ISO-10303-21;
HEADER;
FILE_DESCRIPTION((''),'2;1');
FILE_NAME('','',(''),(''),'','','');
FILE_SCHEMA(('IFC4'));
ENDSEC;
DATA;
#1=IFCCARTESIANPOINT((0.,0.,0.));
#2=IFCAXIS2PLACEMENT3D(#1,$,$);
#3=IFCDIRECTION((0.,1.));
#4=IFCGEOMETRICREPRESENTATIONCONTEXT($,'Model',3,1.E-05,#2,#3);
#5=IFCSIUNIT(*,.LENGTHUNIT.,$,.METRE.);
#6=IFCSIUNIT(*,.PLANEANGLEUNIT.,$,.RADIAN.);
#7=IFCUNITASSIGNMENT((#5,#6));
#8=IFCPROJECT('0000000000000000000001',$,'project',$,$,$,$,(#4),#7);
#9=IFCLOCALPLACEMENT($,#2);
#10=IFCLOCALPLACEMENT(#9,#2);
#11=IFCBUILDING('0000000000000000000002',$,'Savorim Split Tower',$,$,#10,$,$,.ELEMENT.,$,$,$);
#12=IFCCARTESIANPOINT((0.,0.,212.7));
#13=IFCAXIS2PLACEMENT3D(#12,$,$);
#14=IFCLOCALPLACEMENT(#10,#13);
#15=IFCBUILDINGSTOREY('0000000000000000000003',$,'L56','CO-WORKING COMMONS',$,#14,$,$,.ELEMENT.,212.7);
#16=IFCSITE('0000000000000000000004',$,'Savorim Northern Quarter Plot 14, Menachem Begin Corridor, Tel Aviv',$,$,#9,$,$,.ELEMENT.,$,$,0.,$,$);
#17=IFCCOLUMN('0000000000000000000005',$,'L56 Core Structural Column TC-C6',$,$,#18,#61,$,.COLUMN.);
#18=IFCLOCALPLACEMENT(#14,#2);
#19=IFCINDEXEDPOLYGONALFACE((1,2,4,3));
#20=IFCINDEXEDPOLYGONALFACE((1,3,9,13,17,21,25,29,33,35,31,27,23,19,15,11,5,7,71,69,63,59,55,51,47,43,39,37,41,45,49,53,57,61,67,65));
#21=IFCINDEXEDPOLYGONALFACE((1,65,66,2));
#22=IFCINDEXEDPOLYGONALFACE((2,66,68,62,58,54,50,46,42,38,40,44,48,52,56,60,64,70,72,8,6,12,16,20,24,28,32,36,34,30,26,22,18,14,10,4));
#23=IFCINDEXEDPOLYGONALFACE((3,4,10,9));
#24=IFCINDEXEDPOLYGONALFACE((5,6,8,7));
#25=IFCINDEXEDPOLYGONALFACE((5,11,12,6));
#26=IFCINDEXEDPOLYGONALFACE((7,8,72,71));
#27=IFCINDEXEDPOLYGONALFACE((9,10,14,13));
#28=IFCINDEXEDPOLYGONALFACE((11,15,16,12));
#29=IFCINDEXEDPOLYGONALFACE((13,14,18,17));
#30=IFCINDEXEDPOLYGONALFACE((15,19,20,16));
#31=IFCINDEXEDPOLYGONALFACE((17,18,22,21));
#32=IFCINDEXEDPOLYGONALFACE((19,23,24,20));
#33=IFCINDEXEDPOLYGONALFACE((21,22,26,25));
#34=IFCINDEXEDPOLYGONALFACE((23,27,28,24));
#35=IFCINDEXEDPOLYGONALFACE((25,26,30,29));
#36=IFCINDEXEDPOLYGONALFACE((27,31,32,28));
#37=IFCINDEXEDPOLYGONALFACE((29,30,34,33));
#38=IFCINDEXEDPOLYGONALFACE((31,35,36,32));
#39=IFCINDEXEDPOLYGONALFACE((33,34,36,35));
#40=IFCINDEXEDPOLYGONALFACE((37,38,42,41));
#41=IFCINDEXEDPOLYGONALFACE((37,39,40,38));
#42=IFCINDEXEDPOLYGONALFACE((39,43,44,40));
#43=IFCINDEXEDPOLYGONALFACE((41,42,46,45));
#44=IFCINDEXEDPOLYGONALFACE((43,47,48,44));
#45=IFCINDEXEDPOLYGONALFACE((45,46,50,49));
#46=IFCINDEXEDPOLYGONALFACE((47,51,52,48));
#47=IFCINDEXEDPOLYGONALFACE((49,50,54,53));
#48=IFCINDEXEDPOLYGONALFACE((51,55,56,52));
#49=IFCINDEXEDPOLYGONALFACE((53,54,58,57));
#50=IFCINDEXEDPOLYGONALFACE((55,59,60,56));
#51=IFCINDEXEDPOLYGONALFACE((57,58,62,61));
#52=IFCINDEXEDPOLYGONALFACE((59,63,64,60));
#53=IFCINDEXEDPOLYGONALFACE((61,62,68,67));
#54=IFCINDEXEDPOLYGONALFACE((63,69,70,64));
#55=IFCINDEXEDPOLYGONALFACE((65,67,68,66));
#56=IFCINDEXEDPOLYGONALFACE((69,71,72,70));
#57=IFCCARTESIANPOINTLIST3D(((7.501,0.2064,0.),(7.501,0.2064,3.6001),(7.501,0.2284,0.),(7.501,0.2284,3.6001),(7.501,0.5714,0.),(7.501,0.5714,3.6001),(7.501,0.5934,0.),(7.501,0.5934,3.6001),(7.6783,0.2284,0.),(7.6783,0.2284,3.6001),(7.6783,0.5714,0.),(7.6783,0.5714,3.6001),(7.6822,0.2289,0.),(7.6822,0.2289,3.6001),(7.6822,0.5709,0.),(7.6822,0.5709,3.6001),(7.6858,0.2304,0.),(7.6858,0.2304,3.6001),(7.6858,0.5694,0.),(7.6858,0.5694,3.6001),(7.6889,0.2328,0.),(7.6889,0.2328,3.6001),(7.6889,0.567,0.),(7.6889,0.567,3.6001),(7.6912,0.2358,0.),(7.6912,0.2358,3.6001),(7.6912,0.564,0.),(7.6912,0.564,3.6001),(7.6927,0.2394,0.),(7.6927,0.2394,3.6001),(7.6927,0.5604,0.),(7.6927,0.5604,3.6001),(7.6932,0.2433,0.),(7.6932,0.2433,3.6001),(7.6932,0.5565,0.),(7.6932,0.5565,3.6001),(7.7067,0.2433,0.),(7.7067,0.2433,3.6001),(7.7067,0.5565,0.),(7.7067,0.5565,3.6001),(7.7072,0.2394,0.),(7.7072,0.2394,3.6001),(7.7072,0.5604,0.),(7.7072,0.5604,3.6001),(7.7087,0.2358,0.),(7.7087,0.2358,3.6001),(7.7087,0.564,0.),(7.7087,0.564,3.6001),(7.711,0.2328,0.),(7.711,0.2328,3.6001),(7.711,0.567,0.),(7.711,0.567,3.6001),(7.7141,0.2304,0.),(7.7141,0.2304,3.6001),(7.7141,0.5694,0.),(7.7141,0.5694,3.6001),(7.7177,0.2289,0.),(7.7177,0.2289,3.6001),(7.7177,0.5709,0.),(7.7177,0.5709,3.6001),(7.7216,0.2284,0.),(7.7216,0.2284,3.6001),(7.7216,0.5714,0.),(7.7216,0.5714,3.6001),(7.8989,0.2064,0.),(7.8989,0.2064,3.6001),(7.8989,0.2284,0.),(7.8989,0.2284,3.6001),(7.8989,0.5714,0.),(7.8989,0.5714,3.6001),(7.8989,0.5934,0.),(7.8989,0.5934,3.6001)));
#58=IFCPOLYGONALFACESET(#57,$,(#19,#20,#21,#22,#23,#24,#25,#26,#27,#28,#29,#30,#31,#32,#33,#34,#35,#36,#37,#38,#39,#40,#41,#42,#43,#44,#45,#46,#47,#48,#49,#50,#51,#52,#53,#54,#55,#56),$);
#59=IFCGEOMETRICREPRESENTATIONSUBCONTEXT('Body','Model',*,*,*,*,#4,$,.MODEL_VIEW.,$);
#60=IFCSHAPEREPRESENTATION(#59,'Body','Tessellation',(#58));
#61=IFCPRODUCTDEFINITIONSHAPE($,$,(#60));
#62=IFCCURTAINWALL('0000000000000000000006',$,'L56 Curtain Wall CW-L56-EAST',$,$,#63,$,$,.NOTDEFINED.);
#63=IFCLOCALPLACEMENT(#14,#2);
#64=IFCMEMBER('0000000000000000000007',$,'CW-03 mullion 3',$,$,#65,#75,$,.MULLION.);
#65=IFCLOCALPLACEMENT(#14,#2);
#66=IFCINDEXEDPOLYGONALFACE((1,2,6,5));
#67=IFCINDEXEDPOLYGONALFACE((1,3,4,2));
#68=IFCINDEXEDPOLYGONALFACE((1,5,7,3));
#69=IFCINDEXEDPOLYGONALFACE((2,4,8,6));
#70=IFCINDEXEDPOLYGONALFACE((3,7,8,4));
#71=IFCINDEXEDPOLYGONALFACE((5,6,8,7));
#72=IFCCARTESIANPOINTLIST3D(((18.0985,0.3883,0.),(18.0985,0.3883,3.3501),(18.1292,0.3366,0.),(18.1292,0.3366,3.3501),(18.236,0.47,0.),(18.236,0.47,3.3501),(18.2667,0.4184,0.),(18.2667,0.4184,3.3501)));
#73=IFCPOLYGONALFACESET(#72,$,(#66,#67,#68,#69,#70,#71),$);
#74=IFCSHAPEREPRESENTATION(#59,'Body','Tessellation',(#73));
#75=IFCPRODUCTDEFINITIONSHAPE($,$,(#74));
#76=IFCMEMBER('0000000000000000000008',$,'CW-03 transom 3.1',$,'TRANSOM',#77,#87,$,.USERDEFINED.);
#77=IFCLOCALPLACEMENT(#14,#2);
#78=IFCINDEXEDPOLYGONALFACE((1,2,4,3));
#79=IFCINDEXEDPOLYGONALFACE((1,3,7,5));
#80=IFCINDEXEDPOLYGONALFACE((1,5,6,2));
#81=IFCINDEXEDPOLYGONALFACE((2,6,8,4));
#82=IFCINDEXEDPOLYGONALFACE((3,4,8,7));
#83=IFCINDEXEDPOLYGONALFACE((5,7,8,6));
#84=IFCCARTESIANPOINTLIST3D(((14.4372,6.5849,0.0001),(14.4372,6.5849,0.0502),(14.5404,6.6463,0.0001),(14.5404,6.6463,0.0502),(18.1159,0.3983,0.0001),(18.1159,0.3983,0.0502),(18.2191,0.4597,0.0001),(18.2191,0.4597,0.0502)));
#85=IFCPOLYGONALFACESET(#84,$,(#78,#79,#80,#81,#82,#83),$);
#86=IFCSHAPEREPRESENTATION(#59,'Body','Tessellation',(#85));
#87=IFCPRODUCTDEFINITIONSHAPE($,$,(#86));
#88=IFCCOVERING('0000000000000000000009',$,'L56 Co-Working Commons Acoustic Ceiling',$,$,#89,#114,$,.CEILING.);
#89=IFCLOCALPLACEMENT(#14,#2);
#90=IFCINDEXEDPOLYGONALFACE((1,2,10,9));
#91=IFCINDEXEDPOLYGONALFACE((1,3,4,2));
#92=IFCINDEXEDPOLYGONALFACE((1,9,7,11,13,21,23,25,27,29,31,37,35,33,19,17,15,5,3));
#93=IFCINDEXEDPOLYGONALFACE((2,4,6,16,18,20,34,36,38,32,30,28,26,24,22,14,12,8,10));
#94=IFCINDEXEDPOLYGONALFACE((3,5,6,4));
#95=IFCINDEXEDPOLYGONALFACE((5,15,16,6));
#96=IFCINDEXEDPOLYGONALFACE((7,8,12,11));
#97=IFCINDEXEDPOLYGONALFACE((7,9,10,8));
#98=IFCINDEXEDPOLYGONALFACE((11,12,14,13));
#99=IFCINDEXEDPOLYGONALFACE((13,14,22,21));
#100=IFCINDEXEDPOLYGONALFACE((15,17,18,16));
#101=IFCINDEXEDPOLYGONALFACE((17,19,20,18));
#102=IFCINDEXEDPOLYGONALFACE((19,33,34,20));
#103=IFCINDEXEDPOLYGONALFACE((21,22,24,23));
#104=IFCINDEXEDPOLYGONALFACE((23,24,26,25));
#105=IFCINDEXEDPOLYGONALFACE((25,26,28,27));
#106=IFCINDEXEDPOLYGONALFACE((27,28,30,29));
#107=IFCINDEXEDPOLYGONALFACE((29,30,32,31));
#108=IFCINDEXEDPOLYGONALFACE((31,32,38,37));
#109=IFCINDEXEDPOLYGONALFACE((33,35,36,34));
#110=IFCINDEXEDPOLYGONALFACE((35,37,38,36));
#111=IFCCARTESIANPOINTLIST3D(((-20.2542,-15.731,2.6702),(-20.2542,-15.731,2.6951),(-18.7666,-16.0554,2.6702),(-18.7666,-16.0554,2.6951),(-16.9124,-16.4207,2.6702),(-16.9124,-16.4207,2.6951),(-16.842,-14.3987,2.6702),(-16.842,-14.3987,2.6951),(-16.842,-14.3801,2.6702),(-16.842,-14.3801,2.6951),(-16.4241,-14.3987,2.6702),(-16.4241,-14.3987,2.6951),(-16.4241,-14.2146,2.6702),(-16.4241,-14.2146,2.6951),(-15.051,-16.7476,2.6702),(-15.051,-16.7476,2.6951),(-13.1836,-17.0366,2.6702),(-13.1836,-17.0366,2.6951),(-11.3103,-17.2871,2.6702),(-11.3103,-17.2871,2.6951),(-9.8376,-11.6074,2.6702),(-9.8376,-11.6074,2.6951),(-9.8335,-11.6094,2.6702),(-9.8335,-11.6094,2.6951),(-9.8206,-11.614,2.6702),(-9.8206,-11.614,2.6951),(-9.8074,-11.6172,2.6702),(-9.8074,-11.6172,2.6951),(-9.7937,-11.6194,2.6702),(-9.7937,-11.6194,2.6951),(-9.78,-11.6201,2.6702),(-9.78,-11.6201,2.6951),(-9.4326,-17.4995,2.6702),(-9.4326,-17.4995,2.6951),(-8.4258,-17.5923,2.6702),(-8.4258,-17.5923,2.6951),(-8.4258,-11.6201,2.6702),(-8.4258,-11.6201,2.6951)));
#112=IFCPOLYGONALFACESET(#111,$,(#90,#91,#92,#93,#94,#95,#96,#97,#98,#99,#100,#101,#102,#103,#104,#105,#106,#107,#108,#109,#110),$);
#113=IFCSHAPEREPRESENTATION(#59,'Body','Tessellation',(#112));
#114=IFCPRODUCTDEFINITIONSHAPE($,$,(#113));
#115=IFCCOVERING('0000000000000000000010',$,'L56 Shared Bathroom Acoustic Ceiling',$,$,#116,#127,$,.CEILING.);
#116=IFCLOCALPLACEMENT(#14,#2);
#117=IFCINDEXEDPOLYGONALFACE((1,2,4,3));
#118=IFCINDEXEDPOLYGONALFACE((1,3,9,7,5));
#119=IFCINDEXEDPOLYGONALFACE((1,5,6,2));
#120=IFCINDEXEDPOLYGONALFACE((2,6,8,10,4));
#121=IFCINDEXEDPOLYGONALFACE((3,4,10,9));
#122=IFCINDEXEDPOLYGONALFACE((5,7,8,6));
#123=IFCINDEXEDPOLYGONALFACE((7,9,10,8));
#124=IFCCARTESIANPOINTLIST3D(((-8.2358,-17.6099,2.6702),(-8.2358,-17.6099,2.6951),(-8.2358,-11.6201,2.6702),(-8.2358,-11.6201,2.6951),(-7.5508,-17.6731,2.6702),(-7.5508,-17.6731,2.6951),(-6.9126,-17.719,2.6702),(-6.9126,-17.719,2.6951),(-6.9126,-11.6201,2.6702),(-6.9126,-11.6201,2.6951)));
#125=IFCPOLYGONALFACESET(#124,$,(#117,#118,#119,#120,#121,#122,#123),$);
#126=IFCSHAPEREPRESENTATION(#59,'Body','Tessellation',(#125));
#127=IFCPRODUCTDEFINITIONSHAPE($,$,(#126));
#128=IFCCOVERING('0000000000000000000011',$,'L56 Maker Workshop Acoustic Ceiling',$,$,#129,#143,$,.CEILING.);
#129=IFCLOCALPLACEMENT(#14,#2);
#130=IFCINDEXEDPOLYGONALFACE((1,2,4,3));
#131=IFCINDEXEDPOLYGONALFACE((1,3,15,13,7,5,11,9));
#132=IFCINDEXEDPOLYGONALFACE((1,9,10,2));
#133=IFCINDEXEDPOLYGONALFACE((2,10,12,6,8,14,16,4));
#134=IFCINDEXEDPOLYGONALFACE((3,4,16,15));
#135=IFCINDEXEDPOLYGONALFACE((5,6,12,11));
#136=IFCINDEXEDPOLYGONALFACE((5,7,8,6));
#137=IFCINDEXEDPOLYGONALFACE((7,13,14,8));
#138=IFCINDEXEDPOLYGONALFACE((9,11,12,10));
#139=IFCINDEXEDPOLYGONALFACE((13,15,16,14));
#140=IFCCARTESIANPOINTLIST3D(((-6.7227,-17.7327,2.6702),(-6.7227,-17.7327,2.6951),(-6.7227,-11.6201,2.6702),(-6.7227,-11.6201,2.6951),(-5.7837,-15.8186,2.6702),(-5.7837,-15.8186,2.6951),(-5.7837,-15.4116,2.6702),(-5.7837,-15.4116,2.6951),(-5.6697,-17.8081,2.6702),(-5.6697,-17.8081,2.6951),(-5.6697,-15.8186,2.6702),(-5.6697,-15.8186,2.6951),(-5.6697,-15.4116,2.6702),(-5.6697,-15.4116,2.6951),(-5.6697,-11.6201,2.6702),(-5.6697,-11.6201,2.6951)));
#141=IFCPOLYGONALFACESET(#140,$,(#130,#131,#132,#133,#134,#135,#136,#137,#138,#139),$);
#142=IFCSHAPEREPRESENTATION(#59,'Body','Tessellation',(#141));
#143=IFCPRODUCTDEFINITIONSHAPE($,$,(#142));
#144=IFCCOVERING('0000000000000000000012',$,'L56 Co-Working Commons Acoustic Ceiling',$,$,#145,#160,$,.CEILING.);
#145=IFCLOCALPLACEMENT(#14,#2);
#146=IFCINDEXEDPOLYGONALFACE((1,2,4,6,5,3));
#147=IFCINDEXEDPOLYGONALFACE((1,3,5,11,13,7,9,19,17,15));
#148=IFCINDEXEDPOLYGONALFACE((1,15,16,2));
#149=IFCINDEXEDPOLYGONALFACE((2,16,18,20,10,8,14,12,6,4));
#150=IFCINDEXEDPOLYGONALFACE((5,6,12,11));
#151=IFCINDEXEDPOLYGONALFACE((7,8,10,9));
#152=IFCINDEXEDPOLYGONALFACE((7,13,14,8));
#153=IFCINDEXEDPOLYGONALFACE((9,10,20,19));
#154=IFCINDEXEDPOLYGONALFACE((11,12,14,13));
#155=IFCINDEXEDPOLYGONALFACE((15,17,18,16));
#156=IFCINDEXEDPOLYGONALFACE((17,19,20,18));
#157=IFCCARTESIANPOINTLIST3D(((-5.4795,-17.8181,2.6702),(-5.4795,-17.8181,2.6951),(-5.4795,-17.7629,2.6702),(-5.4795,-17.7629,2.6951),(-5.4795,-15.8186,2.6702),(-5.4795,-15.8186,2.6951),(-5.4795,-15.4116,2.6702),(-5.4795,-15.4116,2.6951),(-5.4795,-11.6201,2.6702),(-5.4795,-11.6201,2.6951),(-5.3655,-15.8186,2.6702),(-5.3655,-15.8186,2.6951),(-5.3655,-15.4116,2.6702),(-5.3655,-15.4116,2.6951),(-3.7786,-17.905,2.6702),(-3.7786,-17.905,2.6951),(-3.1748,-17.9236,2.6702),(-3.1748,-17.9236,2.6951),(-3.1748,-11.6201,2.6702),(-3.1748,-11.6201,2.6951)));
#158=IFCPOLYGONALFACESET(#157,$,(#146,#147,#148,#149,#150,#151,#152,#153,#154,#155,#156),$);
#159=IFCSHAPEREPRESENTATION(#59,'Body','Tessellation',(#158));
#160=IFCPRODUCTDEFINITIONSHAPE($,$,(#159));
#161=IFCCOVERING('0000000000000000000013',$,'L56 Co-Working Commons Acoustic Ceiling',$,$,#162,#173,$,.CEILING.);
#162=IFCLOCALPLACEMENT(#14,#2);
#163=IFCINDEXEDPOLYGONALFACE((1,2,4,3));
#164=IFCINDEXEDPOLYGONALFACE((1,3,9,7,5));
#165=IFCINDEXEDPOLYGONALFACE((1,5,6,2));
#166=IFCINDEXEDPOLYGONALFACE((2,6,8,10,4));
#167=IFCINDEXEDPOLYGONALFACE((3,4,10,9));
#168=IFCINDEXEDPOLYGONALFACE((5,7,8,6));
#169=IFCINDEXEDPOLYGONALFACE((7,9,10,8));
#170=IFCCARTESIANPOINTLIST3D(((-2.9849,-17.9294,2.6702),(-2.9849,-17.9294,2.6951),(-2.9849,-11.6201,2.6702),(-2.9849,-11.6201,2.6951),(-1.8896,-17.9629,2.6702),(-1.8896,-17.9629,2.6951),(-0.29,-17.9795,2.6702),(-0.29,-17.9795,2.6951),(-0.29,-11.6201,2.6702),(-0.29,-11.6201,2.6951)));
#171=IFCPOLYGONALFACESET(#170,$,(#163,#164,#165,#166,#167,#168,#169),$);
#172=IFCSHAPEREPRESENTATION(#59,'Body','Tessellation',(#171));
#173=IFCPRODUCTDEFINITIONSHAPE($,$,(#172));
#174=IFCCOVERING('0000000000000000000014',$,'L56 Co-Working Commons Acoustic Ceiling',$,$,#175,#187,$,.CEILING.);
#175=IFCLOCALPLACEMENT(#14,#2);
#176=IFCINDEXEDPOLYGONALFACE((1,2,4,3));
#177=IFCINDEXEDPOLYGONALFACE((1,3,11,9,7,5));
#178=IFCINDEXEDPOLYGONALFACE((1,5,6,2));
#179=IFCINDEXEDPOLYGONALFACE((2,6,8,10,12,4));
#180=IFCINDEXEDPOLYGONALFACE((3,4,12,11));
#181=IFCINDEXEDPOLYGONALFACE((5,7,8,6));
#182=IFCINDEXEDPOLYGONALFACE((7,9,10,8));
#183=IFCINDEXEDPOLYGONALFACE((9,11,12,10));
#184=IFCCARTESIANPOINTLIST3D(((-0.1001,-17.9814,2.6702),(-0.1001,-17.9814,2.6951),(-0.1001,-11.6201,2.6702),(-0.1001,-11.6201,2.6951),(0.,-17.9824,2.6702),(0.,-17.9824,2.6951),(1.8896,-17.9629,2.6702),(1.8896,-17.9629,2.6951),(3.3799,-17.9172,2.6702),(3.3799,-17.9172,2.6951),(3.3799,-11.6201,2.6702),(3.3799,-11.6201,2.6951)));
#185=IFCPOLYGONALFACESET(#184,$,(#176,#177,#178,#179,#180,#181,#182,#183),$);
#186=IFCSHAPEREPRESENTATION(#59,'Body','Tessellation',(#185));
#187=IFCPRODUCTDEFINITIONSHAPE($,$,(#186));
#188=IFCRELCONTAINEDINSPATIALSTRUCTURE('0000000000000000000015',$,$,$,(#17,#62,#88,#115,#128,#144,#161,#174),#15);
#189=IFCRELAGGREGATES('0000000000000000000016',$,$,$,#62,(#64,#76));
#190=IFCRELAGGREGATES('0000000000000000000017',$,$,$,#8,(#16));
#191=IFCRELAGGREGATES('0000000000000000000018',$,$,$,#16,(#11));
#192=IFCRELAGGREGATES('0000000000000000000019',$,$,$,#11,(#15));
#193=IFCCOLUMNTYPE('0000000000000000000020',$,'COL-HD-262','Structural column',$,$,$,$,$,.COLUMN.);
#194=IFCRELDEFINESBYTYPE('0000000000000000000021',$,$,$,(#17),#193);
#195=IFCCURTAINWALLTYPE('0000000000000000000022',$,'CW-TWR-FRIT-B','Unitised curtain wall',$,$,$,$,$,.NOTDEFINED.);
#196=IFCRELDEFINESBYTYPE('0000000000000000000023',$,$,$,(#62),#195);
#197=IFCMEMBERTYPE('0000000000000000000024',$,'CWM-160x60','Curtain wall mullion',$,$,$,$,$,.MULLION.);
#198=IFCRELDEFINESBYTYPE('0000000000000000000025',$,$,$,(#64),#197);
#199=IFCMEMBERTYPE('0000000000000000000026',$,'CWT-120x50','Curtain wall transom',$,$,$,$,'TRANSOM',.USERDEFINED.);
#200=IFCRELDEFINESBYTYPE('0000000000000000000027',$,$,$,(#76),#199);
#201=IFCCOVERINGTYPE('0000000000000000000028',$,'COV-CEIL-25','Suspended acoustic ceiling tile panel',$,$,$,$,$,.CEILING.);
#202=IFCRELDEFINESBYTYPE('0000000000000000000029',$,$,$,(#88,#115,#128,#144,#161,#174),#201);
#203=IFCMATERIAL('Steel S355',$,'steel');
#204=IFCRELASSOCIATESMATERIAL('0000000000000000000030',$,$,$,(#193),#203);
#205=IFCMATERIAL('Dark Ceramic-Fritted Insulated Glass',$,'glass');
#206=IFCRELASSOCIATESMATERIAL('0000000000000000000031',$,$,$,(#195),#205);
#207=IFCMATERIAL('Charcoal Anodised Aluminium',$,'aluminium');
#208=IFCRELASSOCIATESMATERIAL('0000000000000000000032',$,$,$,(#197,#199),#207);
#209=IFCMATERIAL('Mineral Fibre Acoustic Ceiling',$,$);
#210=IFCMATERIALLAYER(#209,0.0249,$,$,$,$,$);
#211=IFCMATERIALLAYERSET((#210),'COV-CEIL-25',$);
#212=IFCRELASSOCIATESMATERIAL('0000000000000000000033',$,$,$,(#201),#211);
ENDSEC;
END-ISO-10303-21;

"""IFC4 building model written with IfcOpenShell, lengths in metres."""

from ifc_helpers import new_model, si_unit, direction, frame, origin, origin_2d, place, context, subcontext, project, spatial, polyline, rectangle, i_section, outline, extrude, material, layer, layer_set, material_profile, profile_set, type_object, element, aggregate, save


model = new_model("IFC4")

# Units and contexts
model_context = context("Model", 3, precision=1e-05, world=origin(), true_north=direction((0.0, 1.0)))
body_context = subcontext(model_context, "Body", "Model", "MODEL_VIEW")
ifc_project = project(units=[si_unit("LENGTHUNIT", "METRE"), si_unit("PLANEANGLEUNIT", "RADIAN")], contexts=[model_context])

# Site, building, storey
site_placement = place(None, origin())
site = spatial("IfcSite", under=ifc_project, at=site_placement, Name="Savorim Northern Quarter Plot 14, Menachem Begin Corridor, Tel Aviv", CompositionType="ELEMENT", RefElevation=0.0)
building_placement = place(site_placement, origin())
building = spatial("IfcBuilding", under=site, at=building_placement, Name="Savorim Split Tower", CompositionType="ELEMENT")
storey_placement = place(building_placement, frame((0.0, 0.0, 212.7)))
storey = spatial("IfcBuildingStorey", under=building, at=storey_placement, Name="L56", Description="CO-WORKING COMMONS", CompositionType="ELEMENT", Elevation=212.7)

# Column
ifc_material_1 = material(Name="Steel S355", Category="steel")
ifc_material_profile_1 = material_profile(ifc_material_1, i_section(OverallWidth=0.3979, OverallDepth=0.387, WebThickness=0.0134, FlangeThickness=0.022, FilletRadius=0.0149, at=origin_2d()), Name="HD 400x262")
ifc_profile_set_1 = profile_set([ifc_material_profile_1], Name="Steel S355")
column_type = type_object("IfcColumnType", Name="COL-HD-262", Description="Structural column", PredefinedType="COLUMN", material=ifc_profile_set_1)
column_placement = place(storey_placement, frame((7.7, 0.3999, 0.0), z_axis=(0.0, 0.0, 1.0), x_axis=(1.0, 0.0, 0.0)))
element("IfcColumn", 1, at=column_placement, inside=storey, type_object=column_type, Name="L56 Core Structural Column TC-C6", PredefinedType="COLUMN", context=body_context, shape_type="SweptSolid", body=[
    extrude(i_section(OverallWidth=0.3979, OverallDepth=0.387, WebThickness=0.0134, FlangeThickness=0.022, FilletRadius=0.0149, at=origin_2d()), origin(), (0.0, 0.0, 1.0), 3.6001),
])

# Curtain wall, members
ifc_material_2 = material(Name="Dark Ceramic-Fritted Insulated Glass", Category="glass")
curtain_wall_type = type_object("IfcCurtainWallType", Name="CW-TWR-FRIT-B", Description="Unitised curtain wall", PredefinedType="NOTDEFINED", material=ifc_material_2)
curtain_wall_placement = place(storey_placement, origin())
curtain_wall = element("IfcCurtainWall", 2, at=curtain_wall_placement, inside=storey, type_object=curtain_wall_type, Name="L56 Curtain Wall CW-L56-EAST", PredefinedType="NOTDEFINED")
ifc_material_3 = material(Name="Charcoal Anodised Aluminium", Category="aluminium")
ifc_material_profile_2 = material_profile(ifc_material_3, rectangle(XDim=0.1599, YDim=0.0601, at=origin_2d()), Name="ALU-M 160x60")
ifc_profile_set_2 = profile_set([ifc_material_profile_2], Name="Charcoal Anodised Aluminium")
member_type_1 = type_object("IfcMemberType", Name="CWM-160x60", Description="Curtain wall mullion", PredefinedType="MULLION", material=ifc_profile_set_2)
member_1_placement = place(storey_placement, frame((18.1826, 0.4033, 0.0), z_axis=(0.0, 0.0, 1.0), x_axis=(-0.859526, -0.511092, 0.0)))
member_1 = element("IfcMember", 3, at=member_1_placement, type_object=member_type_1, Name="CW-03 mullion 3", PredefinedType="MULLION", context=body_context, shape_type="SweptSolid", body=[
    extrude(rectangle(XDim=0.1599, YDim=0.0601, at=origin_2d()), origin(), (0.0, 0.0, 1.0), 3.3501),
])
ifc_material_profile_3 = material_profile(ifc_material_3, rectangle(XDim=0.1201, YDim=0.05, at=origin_2d()), Name="ALU-T 120x50")
ifc_profile_set_3 = profile_set([ifc_material_profile_3], Name="Charcoal Anodised Aluminium")
member_type_2 = type_object("IfcMemberType", Name="CWT-120x50", Description="Curtain wall transom", ElementType="TRANSOM", PredefinedType="USERDEFINED", material=ifc_profile_set_3)
member_2_placement = place(storey_placement, frame((18.1675, 0.429, 0.0251), z_axis=(-0.511085, 0.85953, 0.0), x_axis=(-0.85953, -0.511085, 0.0)))
member_2 = element("IfcMember", 4, at=member_2_placement, type_object=member_type_2, Name="CW-03 transom 3.1", ObjectType="TRANSOM", PredefinedType="USERDEFINED", context=body_context, shape_type="SweptSolid", body=[
    extrude(rectangle(XDim=0.1201, YDim=0.05, at=origin_2d()), origin(), (0.0, 0.0, 1.0), 7.1978),
])
aggregate(curtain_wall, [member_1, member_2])

# Coverings
ifc_material_4 = material(Name="Mineral Fibre Acoustic Ceiling")
ifc_layer_1 = layer(ifc_material_4, 0.0249)
ifc_layer_set_1 = layer_set([ifc_layer_1], Name="COV-CEIL-25")
covering_type_1 = type_object("IfcCoveringType", Name="COV-CEIL-25", Description="Suspended acoustic ceiling tile panel", PredefinedType="CEILING", material=ifc_layer_set_1)
covering_1_placement = place(storey_placement, frame((0.0, 0.0, 2.6702)))
element("IfcCovering", 5, at=covering_1_placement, inside=storey, type_object=covering_type_1, Name="L56 Co-Working Commons Acoustic Ceiling", PredefinedType="CEILING", context=body_context, shape_type="SweptSolid", body=[
    extrude(outline(polyline([(-13.1836, -17.0366), (-11.3103, -17.2871), (-9.4326, -17.4995), (-8.4258, -17.5923), (-8.4258, -11.6201), (-9.78, -11.6201), (-9.7937, -11.6194), (-9.8074, -11.6172), (-9.8206, -11.614), (-9.8335, -11.6094), (-9.8376, -11.6074), (-16.4241, -14.2146), (-16.4241, -14.3987), (-16.842, -14.3987), (-16.842, -14.3801), (-20.2542, -15.731), (-18.7666, -16.0554), (-16.9124, -16.4207), (-15.051, -16.7476), (-13.1836, -17.0366)])), origin(), (0.0, 0.0, 1.0), 0.0249),
])
covering_2_placement = place(storey_placement, frame((0.0, 0.0, 2.6702)))
element("IfcCovering", 6, at=covering_2_placement, inside=storey, type_object=covering_type_1, Name="L56 Shared Bathroom Acoustic Ceiling", PredefinedType="CEILING", context=body_context, shape_type="SweptSolid", body=[
    extrude(outline(polyline([(-6.9126, -11.6201), (-8.2358, -11.6201), (-8.2358, -17.6099), (-7.5508, -17.6731), (-6.9126, -17.719), (-6.9126, -11.6201)])), origin(), (0.0, 0.0, 1.0), 0.0249),
])
covering_3_placement = place(storey_placement, frame((0.0, 0.0, 2.6702)))
element("IfcCovering", 7, at=covering_3_placement, inside=storey, type_object=covering_type_1, Name="L56 Maker Workshop Acoustic Ceiling", PredefinedType="CEILING", context=body_context, shape_type="SweptSolid", body=[
    extrude(outline(polyline([(-5.7837, -15.4116), (-5.6697, -15.4116), (-5.6697, -11.6201), (-6.7227, -11.6201), (-6.7227, -17.7327), (-5.6697, -17.8081), (-5.6697, -15.8186), (-5.7837, -15.8186), (-5.7837, -15.4116)])), origin(), (0.0, 0.0, 1.0), 0.0249),
])
covering_4_placement = place(storey_placement, frame((0.0, 0.0, 2.6702)))
element("IfcCovering", 8, at=covering_4_placement, inside=storey, type_object=covering_type_1, Name="L56 Co-Working Commons Acoustic Ceiling", PredefinedType="CEILING", context=body_context, shape_type="SweptSolid", body=[
    extrude(outline(polyline([(-5.4795, -17.7629), (-5.4795, -17.8181), (-3.7786, -17.905), (-3.1748, -17.9236), (-3.1748, -11.6201), (-5.4795, -11.6201), (-5.4795, -15.4116), (-5.3655, -15.4116), (-5.3655, -15.8186), (-5.4795, -15.8186), (-5.4795, -17.7629)])), origin(), (0.0, 0.0, 1.0), 0.0249),
])
covering_5_placement = place(storey_placement, frame((0.0, 0.0, 2.6702)))
element("IfcCovering", 9, at=covering_5_placement, inside=storey, type_object=covering_type_1, Name="L56 Co-Working Commons Acoustic Ceiling", PredefinedType="CEILING", context=body_context, shape_type="SweptSolid", body=[
    extrude(outline(polyline([(-2.9849, -11.6201), (-2.9849, -17.9294), (-1.8896, -17.9629), (-0.29, -17.9795), (-0.29, -11.6201), (-2.9849, -11.6201)])), origin(), (0.0, 0.0, 1.0), 0.0249),
])
covering_6_placement = place(storey_placement, frame((0.0, 0.0, 2.6702)))
element("IfcCovering", 10, at=covering_6_placement, inside=storey, type_object=covering_type_1, Name="L56 Co-Working Commons Acoustic Ceiling", PredefinedType="CEILING", context=body_context, shape_type="SweptSolid", body=[
    extrude(outline(polyline([(-0.1001, -17.9814), (0.0, -17.9824), (1.8896, -17.9629), (3.3799, -17.9172), (3.3799, -11.6201), (-0.1001, -11.6201), (-0.1001, -17.9814)])), origin(), (0.0, 0.0, 1.0), 0.0249),
])

save(model, "model.ifc")
